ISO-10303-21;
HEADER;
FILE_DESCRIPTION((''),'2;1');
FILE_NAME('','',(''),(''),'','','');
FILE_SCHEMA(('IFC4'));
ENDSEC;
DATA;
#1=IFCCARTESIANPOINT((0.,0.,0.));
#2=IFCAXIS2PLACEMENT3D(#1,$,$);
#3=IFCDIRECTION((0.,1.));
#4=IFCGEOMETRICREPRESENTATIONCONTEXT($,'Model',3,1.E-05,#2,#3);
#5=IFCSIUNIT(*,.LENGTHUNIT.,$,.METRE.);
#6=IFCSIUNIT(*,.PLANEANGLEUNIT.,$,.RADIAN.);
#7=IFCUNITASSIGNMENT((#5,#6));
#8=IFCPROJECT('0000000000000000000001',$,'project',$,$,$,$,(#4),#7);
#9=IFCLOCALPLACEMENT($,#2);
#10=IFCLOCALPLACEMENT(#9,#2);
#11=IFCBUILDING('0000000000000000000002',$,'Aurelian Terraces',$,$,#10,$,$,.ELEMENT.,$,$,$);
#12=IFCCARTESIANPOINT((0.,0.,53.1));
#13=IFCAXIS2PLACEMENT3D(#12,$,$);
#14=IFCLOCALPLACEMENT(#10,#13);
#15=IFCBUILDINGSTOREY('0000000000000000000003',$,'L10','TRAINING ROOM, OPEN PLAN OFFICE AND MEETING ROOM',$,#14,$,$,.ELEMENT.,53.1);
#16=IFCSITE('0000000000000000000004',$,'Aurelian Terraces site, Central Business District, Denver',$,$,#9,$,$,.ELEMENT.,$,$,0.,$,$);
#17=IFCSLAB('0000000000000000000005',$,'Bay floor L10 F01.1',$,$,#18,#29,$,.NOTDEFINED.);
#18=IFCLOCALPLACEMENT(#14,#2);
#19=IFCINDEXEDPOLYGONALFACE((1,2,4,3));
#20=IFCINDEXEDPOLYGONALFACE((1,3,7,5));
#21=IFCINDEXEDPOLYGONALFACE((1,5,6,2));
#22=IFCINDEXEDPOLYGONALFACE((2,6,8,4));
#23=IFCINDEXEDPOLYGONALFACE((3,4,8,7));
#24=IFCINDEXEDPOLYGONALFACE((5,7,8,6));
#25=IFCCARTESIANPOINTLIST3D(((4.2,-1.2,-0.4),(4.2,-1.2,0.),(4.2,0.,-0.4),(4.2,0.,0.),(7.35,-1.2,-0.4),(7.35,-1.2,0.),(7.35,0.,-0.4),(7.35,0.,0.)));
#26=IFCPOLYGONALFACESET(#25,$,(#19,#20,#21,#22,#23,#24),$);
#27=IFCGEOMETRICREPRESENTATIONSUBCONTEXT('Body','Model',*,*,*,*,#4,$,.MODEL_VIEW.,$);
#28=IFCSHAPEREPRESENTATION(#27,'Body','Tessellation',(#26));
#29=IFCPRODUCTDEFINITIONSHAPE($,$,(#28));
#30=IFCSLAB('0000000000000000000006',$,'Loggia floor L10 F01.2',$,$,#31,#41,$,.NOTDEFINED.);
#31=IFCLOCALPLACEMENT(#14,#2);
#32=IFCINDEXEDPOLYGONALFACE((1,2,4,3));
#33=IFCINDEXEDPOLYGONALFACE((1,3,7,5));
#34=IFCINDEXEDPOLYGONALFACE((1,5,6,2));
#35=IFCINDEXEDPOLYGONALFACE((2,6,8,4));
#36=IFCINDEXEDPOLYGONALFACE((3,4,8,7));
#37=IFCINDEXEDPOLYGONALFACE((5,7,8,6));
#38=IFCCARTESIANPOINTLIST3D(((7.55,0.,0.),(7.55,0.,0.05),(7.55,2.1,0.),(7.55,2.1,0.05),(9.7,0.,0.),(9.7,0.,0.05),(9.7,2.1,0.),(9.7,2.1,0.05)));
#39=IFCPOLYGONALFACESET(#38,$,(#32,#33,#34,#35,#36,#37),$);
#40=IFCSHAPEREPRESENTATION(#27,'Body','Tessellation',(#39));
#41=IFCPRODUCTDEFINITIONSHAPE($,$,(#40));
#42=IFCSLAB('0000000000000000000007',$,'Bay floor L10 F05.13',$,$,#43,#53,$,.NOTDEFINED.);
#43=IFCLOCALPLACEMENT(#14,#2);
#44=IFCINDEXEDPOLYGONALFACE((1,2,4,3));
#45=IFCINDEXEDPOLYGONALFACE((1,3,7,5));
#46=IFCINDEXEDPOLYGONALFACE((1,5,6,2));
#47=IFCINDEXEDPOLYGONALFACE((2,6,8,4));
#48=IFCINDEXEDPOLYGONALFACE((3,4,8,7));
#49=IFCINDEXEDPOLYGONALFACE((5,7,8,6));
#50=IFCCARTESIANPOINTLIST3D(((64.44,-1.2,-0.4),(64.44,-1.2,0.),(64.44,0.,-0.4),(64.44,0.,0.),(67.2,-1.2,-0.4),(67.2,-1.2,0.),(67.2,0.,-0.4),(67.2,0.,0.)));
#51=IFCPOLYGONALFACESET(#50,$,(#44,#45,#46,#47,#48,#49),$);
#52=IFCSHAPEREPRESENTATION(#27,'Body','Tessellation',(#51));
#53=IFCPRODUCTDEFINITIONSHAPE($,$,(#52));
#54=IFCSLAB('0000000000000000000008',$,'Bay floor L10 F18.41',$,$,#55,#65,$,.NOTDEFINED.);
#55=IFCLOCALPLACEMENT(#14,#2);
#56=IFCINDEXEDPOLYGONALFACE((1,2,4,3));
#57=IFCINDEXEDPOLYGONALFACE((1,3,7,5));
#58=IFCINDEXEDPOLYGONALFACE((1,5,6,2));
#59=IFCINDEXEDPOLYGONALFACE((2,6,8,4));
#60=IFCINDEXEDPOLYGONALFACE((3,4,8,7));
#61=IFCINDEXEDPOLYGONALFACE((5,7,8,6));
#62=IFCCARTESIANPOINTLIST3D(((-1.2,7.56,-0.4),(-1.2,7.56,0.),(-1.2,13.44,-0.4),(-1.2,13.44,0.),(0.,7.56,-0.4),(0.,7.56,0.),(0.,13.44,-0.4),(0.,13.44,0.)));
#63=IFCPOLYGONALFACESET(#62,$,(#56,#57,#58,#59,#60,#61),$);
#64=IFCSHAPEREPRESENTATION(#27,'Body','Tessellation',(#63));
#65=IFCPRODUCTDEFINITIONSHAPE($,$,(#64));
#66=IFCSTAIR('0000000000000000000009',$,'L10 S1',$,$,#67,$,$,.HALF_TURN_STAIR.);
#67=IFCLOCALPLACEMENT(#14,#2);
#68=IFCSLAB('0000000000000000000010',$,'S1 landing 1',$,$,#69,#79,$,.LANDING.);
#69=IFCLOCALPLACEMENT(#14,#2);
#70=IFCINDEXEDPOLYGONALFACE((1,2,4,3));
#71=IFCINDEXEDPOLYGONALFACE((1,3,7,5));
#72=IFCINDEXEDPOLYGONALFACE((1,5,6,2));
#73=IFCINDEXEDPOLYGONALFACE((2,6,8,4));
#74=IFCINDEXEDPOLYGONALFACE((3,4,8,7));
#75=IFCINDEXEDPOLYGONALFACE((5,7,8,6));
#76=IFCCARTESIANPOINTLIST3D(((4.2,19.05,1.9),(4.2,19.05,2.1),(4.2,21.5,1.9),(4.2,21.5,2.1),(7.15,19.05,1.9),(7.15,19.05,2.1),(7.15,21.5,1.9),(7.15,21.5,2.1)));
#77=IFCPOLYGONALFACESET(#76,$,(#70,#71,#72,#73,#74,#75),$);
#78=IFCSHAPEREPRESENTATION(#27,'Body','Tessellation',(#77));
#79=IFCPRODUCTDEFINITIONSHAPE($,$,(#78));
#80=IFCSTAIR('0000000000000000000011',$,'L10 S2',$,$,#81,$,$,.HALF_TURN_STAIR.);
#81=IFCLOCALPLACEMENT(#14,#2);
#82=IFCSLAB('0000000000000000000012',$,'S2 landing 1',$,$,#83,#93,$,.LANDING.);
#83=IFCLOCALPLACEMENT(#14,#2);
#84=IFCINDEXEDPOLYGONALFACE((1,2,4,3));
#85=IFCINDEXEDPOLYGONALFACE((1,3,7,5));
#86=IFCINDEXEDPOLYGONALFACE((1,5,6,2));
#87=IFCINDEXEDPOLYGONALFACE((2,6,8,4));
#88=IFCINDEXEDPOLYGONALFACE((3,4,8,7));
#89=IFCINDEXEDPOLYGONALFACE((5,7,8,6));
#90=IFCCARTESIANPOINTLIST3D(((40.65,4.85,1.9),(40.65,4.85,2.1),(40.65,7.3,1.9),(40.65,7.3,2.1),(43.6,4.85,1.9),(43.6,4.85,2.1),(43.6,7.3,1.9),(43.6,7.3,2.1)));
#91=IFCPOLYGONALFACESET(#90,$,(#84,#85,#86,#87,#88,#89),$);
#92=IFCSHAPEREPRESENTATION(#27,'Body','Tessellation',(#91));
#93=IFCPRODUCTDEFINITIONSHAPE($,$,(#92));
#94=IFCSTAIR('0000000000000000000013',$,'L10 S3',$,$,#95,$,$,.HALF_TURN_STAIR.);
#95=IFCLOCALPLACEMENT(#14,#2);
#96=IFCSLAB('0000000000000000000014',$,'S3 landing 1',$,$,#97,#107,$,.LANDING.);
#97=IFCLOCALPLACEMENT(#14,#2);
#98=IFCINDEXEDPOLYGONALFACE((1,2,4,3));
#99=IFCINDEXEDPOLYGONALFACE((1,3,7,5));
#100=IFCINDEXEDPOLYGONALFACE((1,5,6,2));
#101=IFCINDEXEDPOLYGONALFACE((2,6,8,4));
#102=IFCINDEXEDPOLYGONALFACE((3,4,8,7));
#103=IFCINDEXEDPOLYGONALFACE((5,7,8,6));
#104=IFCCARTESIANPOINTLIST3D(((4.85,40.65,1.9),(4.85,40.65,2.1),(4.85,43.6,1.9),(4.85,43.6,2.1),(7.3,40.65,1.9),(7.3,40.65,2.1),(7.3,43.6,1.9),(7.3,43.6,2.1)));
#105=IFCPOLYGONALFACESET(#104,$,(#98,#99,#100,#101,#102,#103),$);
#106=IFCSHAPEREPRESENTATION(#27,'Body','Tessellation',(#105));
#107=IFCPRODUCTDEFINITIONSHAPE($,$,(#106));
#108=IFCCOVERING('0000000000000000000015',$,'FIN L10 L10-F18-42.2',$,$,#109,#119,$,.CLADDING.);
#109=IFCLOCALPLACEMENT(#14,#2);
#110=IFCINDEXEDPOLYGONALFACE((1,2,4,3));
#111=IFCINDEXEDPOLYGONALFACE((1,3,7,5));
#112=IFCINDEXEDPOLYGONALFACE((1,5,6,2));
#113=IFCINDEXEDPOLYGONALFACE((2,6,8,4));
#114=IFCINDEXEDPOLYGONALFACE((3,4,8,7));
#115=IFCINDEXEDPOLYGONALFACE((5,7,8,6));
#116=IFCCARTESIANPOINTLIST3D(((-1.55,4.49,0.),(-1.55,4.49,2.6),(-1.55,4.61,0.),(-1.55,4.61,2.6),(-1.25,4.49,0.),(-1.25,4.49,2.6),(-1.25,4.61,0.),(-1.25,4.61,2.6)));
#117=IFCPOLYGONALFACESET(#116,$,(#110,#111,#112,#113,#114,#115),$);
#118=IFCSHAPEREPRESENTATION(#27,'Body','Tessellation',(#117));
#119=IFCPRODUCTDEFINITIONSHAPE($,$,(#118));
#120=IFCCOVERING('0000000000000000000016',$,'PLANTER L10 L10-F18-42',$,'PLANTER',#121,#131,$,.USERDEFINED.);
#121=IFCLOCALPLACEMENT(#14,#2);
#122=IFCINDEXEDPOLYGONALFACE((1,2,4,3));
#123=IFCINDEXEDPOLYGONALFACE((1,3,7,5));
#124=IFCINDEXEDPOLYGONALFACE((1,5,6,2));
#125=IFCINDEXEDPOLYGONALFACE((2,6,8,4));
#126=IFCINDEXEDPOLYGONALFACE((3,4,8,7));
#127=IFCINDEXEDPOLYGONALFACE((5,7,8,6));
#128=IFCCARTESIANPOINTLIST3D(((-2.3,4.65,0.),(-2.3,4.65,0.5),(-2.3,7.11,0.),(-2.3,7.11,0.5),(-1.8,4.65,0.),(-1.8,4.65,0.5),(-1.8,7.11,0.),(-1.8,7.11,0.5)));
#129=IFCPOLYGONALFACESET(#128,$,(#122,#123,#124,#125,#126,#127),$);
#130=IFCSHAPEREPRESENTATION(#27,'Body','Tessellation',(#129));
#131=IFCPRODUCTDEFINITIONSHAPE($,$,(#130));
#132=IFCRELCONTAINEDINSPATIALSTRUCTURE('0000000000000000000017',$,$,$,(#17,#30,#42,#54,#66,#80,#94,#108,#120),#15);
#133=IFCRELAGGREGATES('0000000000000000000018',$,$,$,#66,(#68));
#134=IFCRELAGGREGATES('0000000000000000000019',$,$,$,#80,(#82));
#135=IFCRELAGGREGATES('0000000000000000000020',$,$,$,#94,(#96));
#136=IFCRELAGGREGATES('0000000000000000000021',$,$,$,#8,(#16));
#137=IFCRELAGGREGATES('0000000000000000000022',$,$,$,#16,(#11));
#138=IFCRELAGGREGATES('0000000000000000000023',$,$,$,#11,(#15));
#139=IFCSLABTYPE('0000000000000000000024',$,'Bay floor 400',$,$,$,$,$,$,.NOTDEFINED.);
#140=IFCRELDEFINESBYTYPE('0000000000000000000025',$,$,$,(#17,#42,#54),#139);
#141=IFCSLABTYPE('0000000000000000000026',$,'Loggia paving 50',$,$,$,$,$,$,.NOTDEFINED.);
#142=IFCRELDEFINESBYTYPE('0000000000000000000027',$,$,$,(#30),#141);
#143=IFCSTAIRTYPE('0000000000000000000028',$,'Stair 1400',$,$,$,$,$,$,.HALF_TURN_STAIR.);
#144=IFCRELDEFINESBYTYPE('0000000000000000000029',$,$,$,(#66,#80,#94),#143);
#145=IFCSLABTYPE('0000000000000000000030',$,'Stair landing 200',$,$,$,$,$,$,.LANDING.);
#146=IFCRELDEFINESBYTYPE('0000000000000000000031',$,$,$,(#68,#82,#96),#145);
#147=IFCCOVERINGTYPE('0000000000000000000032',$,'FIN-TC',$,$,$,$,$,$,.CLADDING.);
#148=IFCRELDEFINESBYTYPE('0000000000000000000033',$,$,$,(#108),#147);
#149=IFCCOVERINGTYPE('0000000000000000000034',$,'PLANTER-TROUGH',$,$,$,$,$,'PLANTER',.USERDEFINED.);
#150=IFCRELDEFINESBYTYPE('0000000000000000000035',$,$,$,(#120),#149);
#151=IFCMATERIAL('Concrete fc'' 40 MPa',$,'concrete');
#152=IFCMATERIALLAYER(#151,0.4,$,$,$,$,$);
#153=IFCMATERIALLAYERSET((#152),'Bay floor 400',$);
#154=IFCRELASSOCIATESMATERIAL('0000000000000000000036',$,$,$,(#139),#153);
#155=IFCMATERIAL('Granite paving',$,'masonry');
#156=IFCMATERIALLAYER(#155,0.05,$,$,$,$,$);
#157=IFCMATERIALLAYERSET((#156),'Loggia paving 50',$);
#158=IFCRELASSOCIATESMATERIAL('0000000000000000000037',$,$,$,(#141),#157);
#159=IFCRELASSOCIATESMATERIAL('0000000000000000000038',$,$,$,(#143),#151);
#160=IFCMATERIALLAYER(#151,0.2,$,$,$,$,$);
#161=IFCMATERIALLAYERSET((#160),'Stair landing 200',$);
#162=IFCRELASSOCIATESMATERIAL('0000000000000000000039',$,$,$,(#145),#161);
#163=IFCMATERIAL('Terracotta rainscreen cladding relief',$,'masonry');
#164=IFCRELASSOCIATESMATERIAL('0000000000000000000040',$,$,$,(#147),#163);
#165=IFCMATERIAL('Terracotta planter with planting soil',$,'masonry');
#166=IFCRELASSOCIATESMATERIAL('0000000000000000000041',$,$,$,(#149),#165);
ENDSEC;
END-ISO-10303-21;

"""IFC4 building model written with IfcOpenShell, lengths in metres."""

from ifc_helpers import new_model, si_unit, direction, frame, origin, origin_2d, place, context, subcontext, project, spatial, polyline, rectangle, outline, extrude, source, transform, mapped, material, layer, layer_set, type_object, element, aggregate, save


model = new_model("IFC4")

# Units and contexts
model_context = context("Model", 3, precision=1e-05, world=origin(), true_north=direction((0.0, 1.0)))
body_context = subcontext(model_context, "Body", "Model", "MODEL_VIEW")
ifc_project = project(units=[si_unit("LENGTHUNIT", "METRE"), si_unit("PLANEANGLEUNIT", "RADIAN")], contexts=[model_context])

# Site, building, storey
site_placement = place(None, origin())
site = spatial("IfcSite", under=ifc_project, at=site_placement, Name="Aurelian Terraces site, Central Business District, Denver", CompositionType="ELEMENT", RefElevation=0.0)
building_placement = place(site_placement, origin())
building = spatial("IfcBuilding", under=site, at=building_placement, Name="Aurelian Terraces", CompositionType="ELEMENT")
storey_placement = place(building_placement, frame((0.0, 0.0, 53.1)))
storey = spatial("IfcBuildingStorey", under=building, at=storey_placement, Name="L10", Description="TRAINING ROOM, OPEN PLAN OFFICE AND MEETING ROOM", CompositionType="ELEMENT", Elevation=53.1)

# Slabs
ifc_material_1 = material(Name="Concrete fc' 40 MPa", Category="concrete")
ifc_layer_1 = layer(ifc_material_1, 0.4)
ifc_layer_set_1 = layer_set([ifc_layer_1], Name="Bay floor 400")
slab_type_1 = type_object("IfcSlabType", Name="Bay floor 400", PredefinedType="NOTDEFINED", material=ifc_layer_set_1)
shared_shape_1 = source(origin(), body_context, "Body", "SweptSolid", [
    extrude(outline(polyline([(4.2, 0.0), (7.35, 0.0), (7.35, -1.2), (4.2, -1.2), (4.2, 0.0)])), origin(), (0.0, 0.0, 1.0), 0.4),
])
slab_1_placement = place(storey_placement, frame((0.0, 0.0, -0.4)))
element("IfcSlab", 1, at=slab_1_placement, inside=storey, type_object=slab_type_1, Name="Bay floor L10 F01.1", PredefinedType="NOTDEFINED", context=body_context, shape_type="MappedRepresentation", body=[
    mapped(shared_shape_1, transform((0.0, 0.0, 0.0), scale=1.0)),
])
ifc_material_2 = material(Name="Granite paving", Category="masonry")
ifc_layer_2 = layer(ifc_material_2, 0.05)
ifc_layer_set_2 = layer_set([ifc_layer_2], Name="Loggia paving 50")
slab_type_2 = type_object("IfcSlabType", Name="Loggia paving 50", PredefinedType="NOTDEFINED", material=ifc_layer_set_2)
shared_shape_2 = source(origin(), body_context, "Body", "SweptSolid", [
    extrude(outline(polyline([(7.55, 0.0), (9.7, 0.0), (9.7, 2.1), (7.55, 2.1), (7.55, 0.0)])), origin(), (0.0, 0.0, 1.0), 0.05),
])
slab_2_placement = place(storey_placement, origin())
element("IfcSlab", 2, at=slab_2_placement, inside=storey, type_object=slab_type_2, Name="Loggia floor L10 F01.2", PredefinedType="NOTDEFINED", context=body_context, shape_type="MappedRepresentation", body=[
    mapped(shared_shape_2, transform((0.0, 0.0, 0.0), scale=1.0)),
])
shared_shape_3 = source(origin(), body_context, "Body", "SweptSolid", [
    extrude(outline(polyline([(64.44, 0.0), (67.2, 0.0), (67.2, -1.2), (64.44, -1.2), (64.44, 0.0)])), origin(), (0.0, 0.0, 1.0), 0.4),
])
slab_3_placement = place(storey_placement, frame((0.0, 0.0, -0.4)))
element("IfcSlab", 3, at=slab_3_placement, inside=storey, type_object=slab_type_1, Name="Bay floor L10 F05.13", PredefinedType="NOTDEFINED", context=body_context, shape_type="MappedRepresentation", body=[
    mapped(shared_shape_3, transform((0.0, 0.0, 0.0), scale=1.0)),
])
shared_shape_4 = source(origin(), body_context, "Body", "SweptSolid", [
    extrude(outline(polyline([(0.0, 13.44), (0.0, 7.56), (-1.2, 7.56), (-1.2, 13.44), (0.0, 13.44)])), origin(), (0.0, 0.0, 1.0), 0.4),
])
slab_4_placement = place(storey_placement, frame((0.0, 0.0, -0.4)))
element("IfcSlab", 4, at=slab_4_placement, inside=storey, type_object=slab_type_1, Name="Bay floor L10 F18.41", PredefinedType="NOTDEFINED", context=body_context, shape_type="MappedRepresentation", body=[
    mapped(shared_shape_4, transform((0.0, 0.0, 0.0), scale=1.0)),
])

# Stairs, slabs
stair_type = type_object("IfcStairType", Name="Stair 1400", PredefinedType="HALF_TURN_STAIR", material=ifc_material_1)
stair_1_placement = place(storey_placement, origin())
stair_1 = element("IfcStair", 5, at=stair_1_placement, inside=storey, type_object=stair_type, Name="L10 S1", PredefinedType="HALF_TURN_STAIR")
ifc_layer_3 = layer(ifc_material_1, 0.2)
ifc_layer_set_3 = layer_set([ifc_layer_3], Name="Stair landing 200")
slab_type_3 = type_object("IfcSlabType", Name="Stair landing 200", PredefinedType="LANDING", material=ifc_layer_set_3)
shared_shape_5 = source(origin(), body_context, "Body", "SweptSolid", [
    extrude(outline(polyline([(7.15, 19.05), (7.15, 21.5), (4.2, 21.5), (4.2, 19.05), (7.15, 19.05)])), origin(), (0.0, 0.0, 1.0), 0.2),
])
slab_5_placement = place(storey_placement, frame((0.0, 0.0, 1.9)))
slab_5 = element("IfcSlab", 6, at=slab_5_placement, type_object=slab_type_3, Name="S1 landing 1", PredefinedType="LANDING", context=body_context, shape_type="MappedRepresentation", body=[
    mapped(shared_shape_5, transform((0.0, 0.0, 0.0), scale=1.0)),
])
aggregate(stair_1, [slab_5])
stair_2_placement = place(storey_placement, origin())
stair_2 = element("IfcStair", 7, at=stair_2_placement, inside=storey, type_object=stair_type, Name="L10 S2", PredefinedType="HALF_TURN_STAIR")
shared_shape_6 = source(origin(), body_context, "Body", "SweptSolid", [
    extrude(outline(polyline([(43.6, 4.85), (43.6, 7.3), (40.65, 7.3), (40.65, 4.85), (43.6, 4.85)])), origin(), (0.0, 0.0, 1.0), 0.2),
])
slab_6_placement = place(storey_placement, frame((0.0, 0.0, 1.9)))
slab_6 = element("IfcSlab", 8, at=slab_6_placement, type_object=slab_type_3, Name="S2 landing 1", PredefinedType="LANDING", context=body_context, shape_type="MappedRepresentation", body=[
    mapped(shared_shape_6, transform((0.0, 0.0, 0.0), scale=1.0)),
])
aggregate(stair_2, [slab_6])
stair_3_placement = place(storey_placement, origin())
stair_3 = element("IfcStair", 9, at=stair_3_placement, inside=storey, type_object=stair_type, Name="L10 S3", PredefinedType="HALF_TURN_STAIR")
shared_shape_7 = source(origin(), body_context, "Body", "SweptSolid", [
    extrude(outline(polyline([(4.85, 40.65), (7.3, 40.65), (7.3, 43.6), (4.85, 43.6), (4.85, 40.65)])), origin(), (0.0, 0.0, 1.0), 0.2),
])
slab_7_placement = place(storey_placement, frame((0.0, 0.0, 1.9)))
slab_7 = element("IfcSlab", 10, at=slab_7_placement, type_object=slab_type_3, Name="S3 landing 1", PredefinedType="LANDING", context=body_context, shape_type="MappedRepresentation", body=[
    mapped(shared_shape_7, transform((0.0, 0.0, 0.0), scale=1.0)),
])
aggregate(stair_3, [slab_7])

# Coverings
ifc_material_3 = material(Name="Terracotta rainscreen cladding relief", Category="masonry")
covering_type_1 = type_object("IfcCoveringType", Name="FIN-TC", PredefinedType="CLADDING", material=ifc_material_3)
shared_shape_8 = source(origin(), body_context, "Body", "SweptSolid", [
    extrude(rectangle(XDim=0.3, YDim=0.12, at=origin_2d()), origin(), (0.0, 0.0, 1.0), 2.6),
])
covering_1_placement = place(storey_placement, frame((-1.4, 4.55, 0.0), z_axis=(0.0, 0.0, 1.0), x_axis=(1.0, 0.0, 0.0)))
element("IfcCovering", 11, at=covering_1_placement, inside=storey, type_object=covering_type_1, Name="FIN L10 L10-F18-42.2", PredefinedType="CLADDING", context=body_context, shape_type="MappedRepresentation", body=[
    mapped(shared_shape_8, transform((0.0, 0.0, 0.0), scale=1.0)),
])
ifc_material_4 = material(Name="Terracotta planter with planting soil", Category="masonry")
covering_type_2 = type_object("IfcCoveringType", Name="PLANTER-TROUGH", ElementType="PLANTER", PredefinedType="USERDEFINED", material=ifc_material_4)
shared_shape_9 = source(origin(), body_context, "Body", "SweptSolid", [
    extrude(rectangle(XDim=0.5, YDim=2.46, at=origin_2d()), origin(), (0.0, 0.0, 1.0), 0.5),
])
covering_2_placement = place(storey_placement, frame((-2.05, 5.88, 0.0), z_axis=(0.0, 0.0, 1.0), x_axis=(1.0, 0.0, 0.0)))
element("IfcCovering", 12, at=covering_2_placement, inside=storey, type_object=covering_type_2, Name="PLANTER L10 L10-F18-42", ObjectType="PLANTER", PredefinedType="USERDEFINED", context=body_context, shape_type="MappedRepresentation", body=[
    mapped(shared_shape_9, transform((0.0, 0.0, 0.0), scale=1.0)),
])

save(model, "model.ifc")
